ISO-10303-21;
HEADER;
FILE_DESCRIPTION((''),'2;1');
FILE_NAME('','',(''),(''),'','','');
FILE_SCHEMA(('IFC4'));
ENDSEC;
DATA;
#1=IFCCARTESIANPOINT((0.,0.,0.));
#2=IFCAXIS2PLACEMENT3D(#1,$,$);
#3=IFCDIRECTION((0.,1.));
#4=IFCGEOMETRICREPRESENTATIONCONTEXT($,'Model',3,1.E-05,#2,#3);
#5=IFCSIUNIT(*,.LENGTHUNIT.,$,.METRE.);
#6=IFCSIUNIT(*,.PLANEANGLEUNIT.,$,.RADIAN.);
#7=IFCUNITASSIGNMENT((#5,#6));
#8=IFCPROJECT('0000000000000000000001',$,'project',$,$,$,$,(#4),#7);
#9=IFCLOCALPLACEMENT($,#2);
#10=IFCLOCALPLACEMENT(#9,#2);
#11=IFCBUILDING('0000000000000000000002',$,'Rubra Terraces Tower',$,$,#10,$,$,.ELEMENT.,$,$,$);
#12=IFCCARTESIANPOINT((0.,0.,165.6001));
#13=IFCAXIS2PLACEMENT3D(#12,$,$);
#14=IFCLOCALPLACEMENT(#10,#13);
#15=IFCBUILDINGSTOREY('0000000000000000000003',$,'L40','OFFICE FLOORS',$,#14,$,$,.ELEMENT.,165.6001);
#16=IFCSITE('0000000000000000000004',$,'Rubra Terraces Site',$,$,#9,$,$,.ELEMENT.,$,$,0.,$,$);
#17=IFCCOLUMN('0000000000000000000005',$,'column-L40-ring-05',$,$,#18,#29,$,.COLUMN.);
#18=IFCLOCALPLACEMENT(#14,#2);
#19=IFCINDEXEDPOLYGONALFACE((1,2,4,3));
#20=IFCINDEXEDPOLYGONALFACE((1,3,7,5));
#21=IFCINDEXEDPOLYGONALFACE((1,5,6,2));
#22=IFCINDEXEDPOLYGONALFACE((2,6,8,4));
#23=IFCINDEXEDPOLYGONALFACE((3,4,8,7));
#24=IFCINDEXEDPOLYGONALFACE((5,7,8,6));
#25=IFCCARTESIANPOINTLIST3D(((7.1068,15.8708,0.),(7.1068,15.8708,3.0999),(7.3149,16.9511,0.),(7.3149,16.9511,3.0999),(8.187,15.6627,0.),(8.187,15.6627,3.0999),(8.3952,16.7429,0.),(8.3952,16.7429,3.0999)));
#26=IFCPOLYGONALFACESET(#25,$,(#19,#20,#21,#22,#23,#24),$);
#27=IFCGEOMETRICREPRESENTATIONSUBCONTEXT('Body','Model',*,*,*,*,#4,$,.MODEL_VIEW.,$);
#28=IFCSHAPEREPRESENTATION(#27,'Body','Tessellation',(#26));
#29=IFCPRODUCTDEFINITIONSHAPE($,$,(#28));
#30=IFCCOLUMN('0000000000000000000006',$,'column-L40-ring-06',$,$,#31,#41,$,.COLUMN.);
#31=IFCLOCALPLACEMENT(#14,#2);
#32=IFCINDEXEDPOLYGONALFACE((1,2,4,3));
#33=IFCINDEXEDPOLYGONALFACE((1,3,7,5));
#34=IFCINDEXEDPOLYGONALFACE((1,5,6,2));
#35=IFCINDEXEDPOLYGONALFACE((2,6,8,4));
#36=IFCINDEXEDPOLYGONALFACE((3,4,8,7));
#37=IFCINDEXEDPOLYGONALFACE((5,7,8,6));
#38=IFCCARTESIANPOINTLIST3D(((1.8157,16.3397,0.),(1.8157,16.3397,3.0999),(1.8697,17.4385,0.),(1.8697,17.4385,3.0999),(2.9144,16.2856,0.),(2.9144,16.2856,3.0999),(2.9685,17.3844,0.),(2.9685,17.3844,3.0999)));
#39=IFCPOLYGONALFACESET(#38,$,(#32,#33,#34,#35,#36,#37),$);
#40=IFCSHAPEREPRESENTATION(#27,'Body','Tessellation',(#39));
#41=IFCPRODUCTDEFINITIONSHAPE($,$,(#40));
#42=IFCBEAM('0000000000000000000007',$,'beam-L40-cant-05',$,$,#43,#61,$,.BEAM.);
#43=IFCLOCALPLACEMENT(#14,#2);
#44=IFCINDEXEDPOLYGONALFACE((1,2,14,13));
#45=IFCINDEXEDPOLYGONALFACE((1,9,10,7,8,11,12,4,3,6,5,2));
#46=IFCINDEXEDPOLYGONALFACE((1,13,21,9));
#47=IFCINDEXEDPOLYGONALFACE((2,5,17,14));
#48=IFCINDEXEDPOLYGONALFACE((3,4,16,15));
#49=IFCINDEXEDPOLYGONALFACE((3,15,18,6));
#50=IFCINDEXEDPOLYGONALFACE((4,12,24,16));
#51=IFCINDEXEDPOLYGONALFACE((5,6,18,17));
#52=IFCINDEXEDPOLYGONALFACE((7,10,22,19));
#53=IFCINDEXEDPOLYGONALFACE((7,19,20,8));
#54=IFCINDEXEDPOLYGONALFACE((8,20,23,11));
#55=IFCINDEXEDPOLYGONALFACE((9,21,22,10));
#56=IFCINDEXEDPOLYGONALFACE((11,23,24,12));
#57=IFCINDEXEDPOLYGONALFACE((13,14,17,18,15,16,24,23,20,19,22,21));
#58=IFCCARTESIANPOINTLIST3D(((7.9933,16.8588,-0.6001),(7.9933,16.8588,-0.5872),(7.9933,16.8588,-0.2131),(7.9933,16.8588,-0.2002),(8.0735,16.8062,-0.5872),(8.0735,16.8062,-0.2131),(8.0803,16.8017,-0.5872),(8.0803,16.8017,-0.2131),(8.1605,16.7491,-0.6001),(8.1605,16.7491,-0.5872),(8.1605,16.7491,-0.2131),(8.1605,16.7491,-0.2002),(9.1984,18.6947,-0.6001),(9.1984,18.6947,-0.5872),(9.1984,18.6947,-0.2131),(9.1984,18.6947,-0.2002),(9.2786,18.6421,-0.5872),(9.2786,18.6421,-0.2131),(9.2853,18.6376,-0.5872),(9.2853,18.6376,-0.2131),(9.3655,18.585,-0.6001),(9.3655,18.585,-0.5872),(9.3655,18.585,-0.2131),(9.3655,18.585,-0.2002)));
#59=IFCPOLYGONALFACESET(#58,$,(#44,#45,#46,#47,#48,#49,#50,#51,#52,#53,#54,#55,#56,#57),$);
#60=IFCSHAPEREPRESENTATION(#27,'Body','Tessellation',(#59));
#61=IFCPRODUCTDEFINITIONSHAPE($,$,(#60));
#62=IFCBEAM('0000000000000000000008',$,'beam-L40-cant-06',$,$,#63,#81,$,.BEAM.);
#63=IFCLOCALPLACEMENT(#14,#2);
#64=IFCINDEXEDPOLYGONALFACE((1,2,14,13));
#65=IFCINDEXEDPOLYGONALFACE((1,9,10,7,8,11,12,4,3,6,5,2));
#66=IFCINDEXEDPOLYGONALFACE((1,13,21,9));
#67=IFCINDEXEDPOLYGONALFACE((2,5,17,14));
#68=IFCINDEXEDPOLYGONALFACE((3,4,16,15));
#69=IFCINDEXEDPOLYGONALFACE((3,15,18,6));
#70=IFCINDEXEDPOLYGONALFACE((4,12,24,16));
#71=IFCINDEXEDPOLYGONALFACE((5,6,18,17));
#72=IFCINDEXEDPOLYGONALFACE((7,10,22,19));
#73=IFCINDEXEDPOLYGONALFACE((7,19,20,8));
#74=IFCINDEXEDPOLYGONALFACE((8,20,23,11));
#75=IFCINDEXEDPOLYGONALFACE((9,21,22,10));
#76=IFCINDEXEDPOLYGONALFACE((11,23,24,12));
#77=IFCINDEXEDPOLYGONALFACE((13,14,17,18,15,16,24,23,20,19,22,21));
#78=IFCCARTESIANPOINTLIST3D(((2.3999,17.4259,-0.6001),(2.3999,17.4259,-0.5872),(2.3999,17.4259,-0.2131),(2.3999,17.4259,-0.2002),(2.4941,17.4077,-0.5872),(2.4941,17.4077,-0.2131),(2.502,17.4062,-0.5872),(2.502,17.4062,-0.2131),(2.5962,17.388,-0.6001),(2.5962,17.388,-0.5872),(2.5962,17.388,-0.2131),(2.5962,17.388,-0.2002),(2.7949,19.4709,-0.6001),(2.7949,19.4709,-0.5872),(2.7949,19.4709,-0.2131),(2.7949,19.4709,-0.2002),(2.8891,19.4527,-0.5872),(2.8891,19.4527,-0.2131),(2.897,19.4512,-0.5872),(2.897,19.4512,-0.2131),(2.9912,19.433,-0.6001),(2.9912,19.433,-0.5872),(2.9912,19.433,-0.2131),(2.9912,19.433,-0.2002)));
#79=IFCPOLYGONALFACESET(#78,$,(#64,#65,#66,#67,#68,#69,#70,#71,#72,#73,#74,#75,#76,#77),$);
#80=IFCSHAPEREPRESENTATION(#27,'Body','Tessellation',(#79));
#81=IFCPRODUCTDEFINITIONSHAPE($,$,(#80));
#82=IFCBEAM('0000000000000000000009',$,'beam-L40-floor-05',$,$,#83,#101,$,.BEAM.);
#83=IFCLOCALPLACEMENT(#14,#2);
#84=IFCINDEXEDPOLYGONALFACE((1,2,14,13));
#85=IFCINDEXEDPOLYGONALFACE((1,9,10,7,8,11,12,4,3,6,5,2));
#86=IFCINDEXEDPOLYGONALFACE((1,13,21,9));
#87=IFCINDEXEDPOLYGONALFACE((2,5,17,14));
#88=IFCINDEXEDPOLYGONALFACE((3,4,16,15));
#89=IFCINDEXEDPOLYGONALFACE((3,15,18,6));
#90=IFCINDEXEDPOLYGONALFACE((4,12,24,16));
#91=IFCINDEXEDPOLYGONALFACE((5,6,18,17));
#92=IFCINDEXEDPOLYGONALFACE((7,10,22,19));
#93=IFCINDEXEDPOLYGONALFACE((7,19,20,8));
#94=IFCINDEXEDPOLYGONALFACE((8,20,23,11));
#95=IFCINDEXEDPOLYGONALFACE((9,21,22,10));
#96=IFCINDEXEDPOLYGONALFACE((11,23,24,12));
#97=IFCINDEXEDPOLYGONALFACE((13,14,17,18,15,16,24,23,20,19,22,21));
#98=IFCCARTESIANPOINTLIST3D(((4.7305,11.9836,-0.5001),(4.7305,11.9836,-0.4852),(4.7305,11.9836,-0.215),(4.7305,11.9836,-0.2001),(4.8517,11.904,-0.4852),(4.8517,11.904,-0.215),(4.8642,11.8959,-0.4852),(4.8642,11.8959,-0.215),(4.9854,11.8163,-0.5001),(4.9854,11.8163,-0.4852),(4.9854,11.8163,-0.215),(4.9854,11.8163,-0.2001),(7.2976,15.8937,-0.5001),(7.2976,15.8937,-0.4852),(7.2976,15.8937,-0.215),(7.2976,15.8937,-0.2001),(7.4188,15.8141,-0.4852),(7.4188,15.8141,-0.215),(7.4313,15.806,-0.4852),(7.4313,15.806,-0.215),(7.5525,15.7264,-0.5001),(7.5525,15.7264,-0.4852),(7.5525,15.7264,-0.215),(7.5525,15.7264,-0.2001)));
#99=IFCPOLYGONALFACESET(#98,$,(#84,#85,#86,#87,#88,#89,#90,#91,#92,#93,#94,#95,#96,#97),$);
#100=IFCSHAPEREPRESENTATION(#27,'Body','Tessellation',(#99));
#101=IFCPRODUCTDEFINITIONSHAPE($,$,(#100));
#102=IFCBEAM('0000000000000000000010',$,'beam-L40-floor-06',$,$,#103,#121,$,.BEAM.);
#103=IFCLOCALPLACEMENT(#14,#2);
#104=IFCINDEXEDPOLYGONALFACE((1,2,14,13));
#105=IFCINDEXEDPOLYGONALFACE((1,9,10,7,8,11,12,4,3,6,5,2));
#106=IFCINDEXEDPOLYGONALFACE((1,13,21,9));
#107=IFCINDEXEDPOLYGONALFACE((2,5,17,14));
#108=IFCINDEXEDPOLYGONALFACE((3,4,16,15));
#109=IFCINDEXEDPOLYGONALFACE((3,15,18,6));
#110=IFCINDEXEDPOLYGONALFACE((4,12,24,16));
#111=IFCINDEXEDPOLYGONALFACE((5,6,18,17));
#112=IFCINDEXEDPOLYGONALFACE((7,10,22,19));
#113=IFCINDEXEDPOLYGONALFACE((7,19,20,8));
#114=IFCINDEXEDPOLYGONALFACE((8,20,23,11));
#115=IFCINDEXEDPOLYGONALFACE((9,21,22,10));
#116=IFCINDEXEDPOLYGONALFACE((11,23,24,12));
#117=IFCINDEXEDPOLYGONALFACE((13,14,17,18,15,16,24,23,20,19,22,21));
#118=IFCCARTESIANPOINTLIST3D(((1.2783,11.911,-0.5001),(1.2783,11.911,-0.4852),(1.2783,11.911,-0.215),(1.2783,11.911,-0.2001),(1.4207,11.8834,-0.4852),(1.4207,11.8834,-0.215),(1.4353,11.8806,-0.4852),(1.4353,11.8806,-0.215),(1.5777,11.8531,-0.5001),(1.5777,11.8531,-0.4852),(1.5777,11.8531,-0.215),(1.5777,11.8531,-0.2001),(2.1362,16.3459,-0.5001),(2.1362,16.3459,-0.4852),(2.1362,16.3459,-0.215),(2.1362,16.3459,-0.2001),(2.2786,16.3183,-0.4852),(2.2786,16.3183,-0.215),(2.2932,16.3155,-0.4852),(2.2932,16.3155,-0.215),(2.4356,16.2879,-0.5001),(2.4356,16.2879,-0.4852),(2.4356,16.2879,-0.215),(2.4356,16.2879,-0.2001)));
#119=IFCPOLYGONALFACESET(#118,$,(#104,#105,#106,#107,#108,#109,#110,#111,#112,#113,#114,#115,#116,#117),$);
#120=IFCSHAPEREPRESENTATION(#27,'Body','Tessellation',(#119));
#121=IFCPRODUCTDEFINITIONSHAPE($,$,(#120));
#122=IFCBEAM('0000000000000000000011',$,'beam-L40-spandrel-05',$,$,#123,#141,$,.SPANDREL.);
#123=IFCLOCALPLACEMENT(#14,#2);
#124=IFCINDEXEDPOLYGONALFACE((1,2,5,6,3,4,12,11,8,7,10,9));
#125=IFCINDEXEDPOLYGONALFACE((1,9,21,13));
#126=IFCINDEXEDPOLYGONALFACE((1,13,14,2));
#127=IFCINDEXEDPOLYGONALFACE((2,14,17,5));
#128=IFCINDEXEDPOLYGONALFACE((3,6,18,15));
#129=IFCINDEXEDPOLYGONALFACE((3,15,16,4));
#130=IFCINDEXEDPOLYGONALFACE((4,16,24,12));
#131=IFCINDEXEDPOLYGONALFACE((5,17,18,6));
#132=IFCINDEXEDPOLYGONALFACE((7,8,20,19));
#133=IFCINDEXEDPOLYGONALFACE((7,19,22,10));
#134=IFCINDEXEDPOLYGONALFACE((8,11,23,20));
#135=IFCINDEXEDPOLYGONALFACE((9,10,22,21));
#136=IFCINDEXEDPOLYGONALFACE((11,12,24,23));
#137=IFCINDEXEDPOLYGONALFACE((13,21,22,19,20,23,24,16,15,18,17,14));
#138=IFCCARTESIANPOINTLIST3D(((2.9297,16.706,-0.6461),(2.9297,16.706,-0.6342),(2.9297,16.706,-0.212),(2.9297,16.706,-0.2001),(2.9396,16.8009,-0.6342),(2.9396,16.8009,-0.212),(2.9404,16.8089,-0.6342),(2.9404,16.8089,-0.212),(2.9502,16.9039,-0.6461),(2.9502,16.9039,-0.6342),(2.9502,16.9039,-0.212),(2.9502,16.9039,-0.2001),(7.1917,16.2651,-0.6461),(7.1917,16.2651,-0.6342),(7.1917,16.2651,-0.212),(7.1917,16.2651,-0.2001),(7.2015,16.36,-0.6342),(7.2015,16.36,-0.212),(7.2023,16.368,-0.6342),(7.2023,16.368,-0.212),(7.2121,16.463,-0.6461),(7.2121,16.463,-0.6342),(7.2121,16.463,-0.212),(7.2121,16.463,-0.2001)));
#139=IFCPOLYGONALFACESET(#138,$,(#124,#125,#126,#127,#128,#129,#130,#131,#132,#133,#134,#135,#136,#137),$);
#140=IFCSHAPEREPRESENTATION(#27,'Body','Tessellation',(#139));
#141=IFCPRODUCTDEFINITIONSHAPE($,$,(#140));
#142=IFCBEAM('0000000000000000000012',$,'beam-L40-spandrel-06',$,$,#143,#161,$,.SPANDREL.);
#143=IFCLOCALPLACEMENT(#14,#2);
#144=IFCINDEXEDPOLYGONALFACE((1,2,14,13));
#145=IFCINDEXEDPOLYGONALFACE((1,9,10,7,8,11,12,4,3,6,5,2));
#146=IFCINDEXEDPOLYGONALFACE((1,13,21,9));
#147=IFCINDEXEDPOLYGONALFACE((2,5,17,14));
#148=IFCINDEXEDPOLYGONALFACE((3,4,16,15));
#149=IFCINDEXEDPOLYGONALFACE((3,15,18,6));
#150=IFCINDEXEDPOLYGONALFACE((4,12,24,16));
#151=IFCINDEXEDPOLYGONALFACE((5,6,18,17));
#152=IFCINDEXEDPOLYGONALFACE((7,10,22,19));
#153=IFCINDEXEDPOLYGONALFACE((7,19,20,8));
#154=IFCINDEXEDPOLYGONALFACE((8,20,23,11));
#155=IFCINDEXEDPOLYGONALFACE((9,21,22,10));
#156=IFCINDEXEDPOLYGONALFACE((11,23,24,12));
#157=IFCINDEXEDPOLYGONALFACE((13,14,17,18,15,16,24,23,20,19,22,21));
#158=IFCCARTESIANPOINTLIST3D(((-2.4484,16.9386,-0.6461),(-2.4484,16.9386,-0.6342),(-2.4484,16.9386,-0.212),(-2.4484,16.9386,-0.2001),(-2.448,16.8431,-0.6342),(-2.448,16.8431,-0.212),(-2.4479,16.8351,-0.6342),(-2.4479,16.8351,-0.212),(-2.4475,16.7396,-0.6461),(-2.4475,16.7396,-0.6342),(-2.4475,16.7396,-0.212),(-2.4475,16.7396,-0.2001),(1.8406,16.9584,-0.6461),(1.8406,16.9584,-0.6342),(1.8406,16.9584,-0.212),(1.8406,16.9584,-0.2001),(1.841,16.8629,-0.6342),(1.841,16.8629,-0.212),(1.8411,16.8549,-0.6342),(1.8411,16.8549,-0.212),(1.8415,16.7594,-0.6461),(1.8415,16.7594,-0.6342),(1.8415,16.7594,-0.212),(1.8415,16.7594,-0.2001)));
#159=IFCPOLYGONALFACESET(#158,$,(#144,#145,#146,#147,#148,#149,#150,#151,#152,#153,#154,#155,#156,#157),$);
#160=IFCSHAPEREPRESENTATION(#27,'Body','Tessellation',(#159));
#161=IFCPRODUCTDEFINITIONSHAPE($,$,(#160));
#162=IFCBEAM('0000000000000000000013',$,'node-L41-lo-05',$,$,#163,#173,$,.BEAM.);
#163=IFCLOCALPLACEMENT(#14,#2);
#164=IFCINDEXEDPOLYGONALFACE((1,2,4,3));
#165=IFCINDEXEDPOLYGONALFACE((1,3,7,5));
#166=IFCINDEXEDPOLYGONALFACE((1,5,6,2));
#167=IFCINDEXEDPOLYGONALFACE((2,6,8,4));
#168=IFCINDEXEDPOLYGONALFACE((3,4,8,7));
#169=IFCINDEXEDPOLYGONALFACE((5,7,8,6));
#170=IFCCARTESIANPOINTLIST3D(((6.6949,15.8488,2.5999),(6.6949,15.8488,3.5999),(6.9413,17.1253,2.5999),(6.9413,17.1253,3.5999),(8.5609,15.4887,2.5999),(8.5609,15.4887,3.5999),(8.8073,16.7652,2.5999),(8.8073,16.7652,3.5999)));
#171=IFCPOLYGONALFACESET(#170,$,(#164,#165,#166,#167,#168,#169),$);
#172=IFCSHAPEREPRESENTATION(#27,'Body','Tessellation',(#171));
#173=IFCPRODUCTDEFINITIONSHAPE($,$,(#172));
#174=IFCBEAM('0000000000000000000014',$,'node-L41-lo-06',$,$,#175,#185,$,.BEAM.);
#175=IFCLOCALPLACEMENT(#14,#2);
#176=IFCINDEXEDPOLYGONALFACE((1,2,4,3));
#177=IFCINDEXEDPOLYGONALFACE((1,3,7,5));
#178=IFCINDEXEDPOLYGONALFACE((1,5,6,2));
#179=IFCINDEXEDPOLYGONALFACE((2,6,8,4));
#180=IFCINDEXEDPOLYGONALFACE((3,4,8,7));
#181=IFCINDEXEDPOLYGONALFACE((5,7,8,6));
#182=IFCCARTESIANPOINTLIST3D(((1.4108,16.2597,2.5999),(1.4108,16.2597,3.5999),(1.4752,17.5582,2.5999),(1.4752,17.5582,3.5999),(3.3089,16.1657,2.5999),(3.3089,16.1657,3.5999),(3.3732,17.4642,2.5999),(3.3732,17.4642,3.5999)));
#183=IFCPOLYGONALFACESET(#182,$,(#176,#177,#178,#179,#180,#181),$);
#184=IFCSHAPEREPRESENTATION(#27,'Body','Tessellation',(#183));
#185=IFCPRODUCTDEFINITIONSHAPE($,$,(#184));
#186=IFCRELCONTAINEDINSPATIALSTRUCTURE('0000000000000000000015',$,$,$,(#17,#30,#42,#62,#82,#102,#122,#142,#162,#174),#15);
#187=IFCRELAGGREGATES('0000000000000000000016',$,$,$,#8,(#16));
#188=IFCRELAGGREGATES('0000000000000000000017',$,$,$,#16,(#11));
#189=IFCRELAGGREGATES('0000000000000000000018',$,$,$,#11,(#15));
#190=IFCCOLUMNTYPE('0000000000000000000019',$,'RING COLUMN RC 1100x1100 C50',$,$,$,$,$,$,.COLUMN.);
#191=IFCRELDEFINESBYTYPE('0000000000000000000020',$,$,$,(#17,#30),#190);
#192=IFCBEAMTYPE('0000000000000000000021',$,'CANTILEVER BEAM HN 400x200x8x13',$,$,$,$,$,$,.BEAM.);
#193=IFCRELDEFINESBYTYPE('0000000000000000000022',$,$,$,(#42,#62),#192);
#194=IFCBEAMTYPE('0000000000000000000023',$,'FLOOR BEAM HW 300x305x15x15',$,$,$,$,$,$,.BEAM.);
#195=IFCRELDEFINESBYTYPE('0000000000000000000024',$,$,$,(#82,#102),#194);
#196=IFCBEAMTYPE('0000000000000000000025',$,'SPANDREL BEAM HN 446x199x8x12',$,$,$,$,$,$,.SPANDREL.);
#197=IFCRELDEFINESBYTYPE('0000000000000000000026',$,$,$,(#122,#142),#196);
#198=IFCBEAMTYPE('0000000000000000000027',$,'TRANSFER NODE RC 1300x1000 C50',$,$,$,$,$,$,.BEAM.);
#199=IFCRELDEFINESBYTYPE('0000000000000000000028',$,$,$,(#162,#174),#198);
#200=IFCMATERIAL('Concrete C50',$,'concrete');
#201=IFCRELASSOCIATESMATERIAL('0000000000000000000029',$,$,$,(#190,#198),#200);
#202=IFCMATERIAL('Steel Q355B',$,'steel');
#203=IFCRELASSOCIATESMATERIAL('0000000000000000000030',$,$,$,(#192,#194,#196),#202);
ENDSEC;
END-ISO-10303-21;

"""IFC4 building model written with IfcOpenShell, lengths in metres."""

from ifc_helpers import new_model, si_unit, direction, frame, origin, origin_2d, place, context, subcontext, project, spatial, rectangle, i_section, extrude, material, material_profile, profile_set, type_object, element, save


model = new_model("IFC4")

# Units and contexts
model_context = context("Model", 3, precision=1e-05, world=origin(), true_north=direction((0.0, 1.0)))
body_context = subcontext(model_context, "Body", "Model", "MODEL_VIEW")
ifc_project = project(units=[si_unit("LENGTHUNIT", "METRE"), si_unit("PLANEANGLEUNIT", "RADIAN")], contexts=[model_context])

# Site, building, storey
site_placement = place(None, origin())
site = spatial("IfcSite", under=ifc_project, at=site_placement, Name="Rubra Terraces Site", CompositionType="ELEMENT", RefElevation=0.0)
building_placement = place(site_placement, origin())
building = spatial("IfcBuilding", under=site, at=building_placement, Name="Rubra Terraces Tower", CompositionType="ELEMENT")
storey_placement = place(building_placement, frame((0.0, 0.0, 165.6001)))
storey = spatial("IfcBuildingStorey", under=building, at=storey_placement, Name="L40", Description="OFFICE FLOORS", CompositionType="ELEMENT", Elevation=165.6001)

# Columns
ifc_material_1 = material(Name="Concrete C50", Category="concrete")
ifc_material_profile_1 = material_profile(ifc_material_1, rectangle(XDim=1.1001, YDim=1.1001, at=origin_2d()), Name="RC 1100x1100")
ifc_profile_set_1 = profile_set([ifc_material_profile_1], Name="Concrete C50")
column_type = type_object("IfcColumnType", Name="RING COLUMN RC 1100x1100 C50", PredefinedType="COLUMN", material=ifc_profile_set_1)
for number, where, z_axis, x_axis, name in (
    (1, (7.751, 16.3069, 0.0), (0.0, 0.0, 1.0), (-0.981937, 0.18921, 0.0), "column-L40-ring-05"),
    (2, (2.3921, 16.8621, 0.0), (0.0, 0.0, 1.0), (-0.998791, 0.04915, 0.0), "column-L40-ring-06"),
):
    element("IfcColumn", number, at=place(storey_placement, frame(where, z_axis=z_axis, x_axis=x_axis)), inside=storey, type_object=column_type, Name=name, PredefinedType="COLUMN", context=body_context, shape_type="SweptSolid", body=[
        extrude(rectangle(XDim=1.1001, YDim=1.1001, at=origin_2d()), origin(), (0.0, 0.0, 1.0), 3.0999),
    ])

# Beams
ifc_material_2 = material(Name="Steel Q355B", Category="steel")
ifc_material_profile_2 = material_profile(ifc_material_2, i_section(OverallWidth=0.2, OverallDepth=0.3999, WebThickness=0.0081, FlangeThickness=0.0129, at=origin_2d()), Name="HN 400x200x8x13")
ifc_profile_set_2 = profile_set([ifc_material_profile_2], Name="Steel Q355B")
beam_type_1 = type_object("IfcBeamType", Name="CANTILEVER BEAM HN 400x200x8x13", PredefinedType="BEAM", material=ifc_profile_set_2)
beam_1_placement = place(storey_placement, frame((8.0769, 16.804, -0.4001), z_axis=(0.548734, 0.835997, 0.0), x_axis=(-0.835997, 0.548734, 0.0)))
element("IfcBeam", 3, at=beam_1_placement, inside=storey, type_object=beam_type_1, Name="beam-L40-cant-05", PredefinedType="BEAM", context=body_context, shape_type="SweptSolid", body=[
    extrude(i_section(OverallWidth=0.2, OverallDepth=0.3999, WebThickness=0.0081, FlangeThickness=0.0129, at=origin_2d()), origin(), (0.0, 0.0, 1.0), 2.196),
])
beam_2_placement = place(storey_placement, frame((2.498, 17.407, -0.4001), z_axis=(0.189665, 0.981849, 0.0), x_axis=(-0.981849, 0.189665, 0.0)))
element("IfcBeam", 4, at=beam_2_placement, inside=storey, type_object=beam_type_1, Name="beam-L40-cant-06", PredefinedType="BEAM", context=body_context, shape_type="SweptSolid", body=[
    extrude(i_section(OverallWidth=0.2, OverallDepth=0.3999, WebThickness=0.0081, FlangeThickness=0.0129, at=origin_2d()), origin(), (0.0, 0.0, 1.0), 2.0828),
])
ifc_material_profile_3 = material_profile(ifc_material_2, i_section(OverallWidth=0.3049, OverallDepth=0.3, WebThickness=0.0149, FlangeThickness=0.0149, at=origin_2d()), Name="HW 300x305x15x15")
ifc_profile_set_3 = profile_set([ifc_material_profile_3], Name="Steel Q355B")
beam_type_2 = type_object("IfcBeamType", Name="FLOOR BEAM HW 300x305x15x15", PredefinedType="BEAM", material=ifc_profile_set_3)
beam_3_placement = place(storey_placement, frame((7.425, 15.8101, -0.3501), z_axis=(-0.548821, -0.83594, 0.0), x_axis=(0.83594, -0.548821, 0.0)))
element("IfcBeam", 5, at=beam_3_placement, inside=storey, type_object=beam_type_2, Name="beam-L40-floor-05", PredefinedType="BEAM", context=body_context, shape_type="SweptSolid", body=[
    extrude(i_section(OverallWidth=0.3049, OverallDepth=0.3, WebThickness=0.0149, FlangeThickness=0.0149, at=origin_2d()), origin(), (0.0, 0.0, 1.0), 4.6775),
])
beam_4_placement = place(storey_placement, frame((2.2859, 16.3169, -0.3501), z_axis=(-0.189928, -0.981798, 0.0), x_axis=(0.981798, -0.189928, 0.0)))
element("IfcBeam", 6, at=beam_4_placement, inside=storey, type_object=beam_type_2, Name="beam-L40-floor-06", PredefinedType="BEAM", context=body_context, shape_type="SweptSolid", body=[
    extrude(i_section(OverallWidth=0.3049, OverallDepth=0.3, WebThickness=0.0149, FlangeThickness=0.0149, at=origin_2d()), origin(), (0.0, 0.0, 1.0), 4.5171),
])
ifc_material_profile_4 = material_profile(ifc_material_2, i_section(OverallWidth=0.199, OverallDepth=0.446, WebThickness=0.0081, FlangeThickness=0.012, at=origin_2d()), Name="HN 446x199x8x12")
ifc_profile_set_4 = profile_set([ifc_material_profile_4], Name="Steel Q355B")
beam_type_3 = type_object("IfcBeamType", Name="SPANDREL BEAM HN 446x199x8x12", PredefinedType="SPANDREL", material=ifc_profile_set_4)
beam_5_placement = place(storey_placement, frame((7.2019, 16.364, -0.4231), z_axis=(-0.994691, 0.102905, 0.0), x_axis=(-0.102905, -0.994691, 0.0)))
element("IfcBeam", 7, at=beam_5_placement, inside=storey, type_object=beam_type_3, Name="beam-L40-spandrel-05", PredefinedType="SPANDREL", context=body_context, shape_type="SweptSolid", body=[
    extrude(i_section(OverallWidth=0.199, OverallDepth=0.446, WebThickness=0.0081, FlangeThickness=0.012, at=origin_2d()), origin(), (0.0, 0.0, 1.0), 4.2847),
])
beam_6_placement = place(storey_placement, frame((1.8411, 16.8589, -0.4231), z_axis=(-0.999989, -0.004611, 0.0), x_axis=(0.004611, -0.999989, 0.0)))
element("IfcBeam", 8, at=beam_6_placement, inside=storey, type_object=beam_type_3, Name="beam-L40-spandrel-06", PredefinedType="SPANDREL", context=body_context, shape_type="SweptSolid", body=[
    extrude(i_section(OverallWidth=0.199, OverallDepth=0.446, WebThickness=0.0081, FlangeThickness=0.012, at=origin_2d()), origin(), (0.0, 0.0, 1.0), 4.2891),
])
ifc_material_profile_5 = material_profile(ifc_material_1, rectangle(XDim=1.3, YDim=1.0, at=origin_2d()), Name="RC 1300x1000")
ifc_profile_set_5 = profile_set([ifc_material_profile_5], Name="Concrete C50")
beam_type_4 = type_object("IfcBeamType", Name="TRANSFER NODE RC 1300x1000 C50", PredefinedType="BEAM", material=ifc_profile_set_5)
for number, where, z_axis, x_axis, name in (
    (9, (8.6841, 16.127, 3.0999), (-0.981883, 0.189491, 0.0), (-0.189491, -0.981883, 0.0), "node-L41-lo-05"),
    (10, (3.3411, 16.8149, 3.0999), (-0.998776, 0.049463, 0.0), (-0.049463, -0.998776, 0.0), "node-L41-lo-06"),
):
    element("IfcBeam", number, at=place(storey_placement, frame(where, z_axis=z_axis, x_axis=x_axis)), inside=storey, type_object=beam_type_4, Name=name, PredefinedType="BEAM", context=body_context, shape_type="SweptSolid", body=[
        extrude(rectangle(XDim=1.3, YDim=1.0, at=origin_2d()), origin(), (0.0, 0.0, 1.0), 1.9004),
    ])

save(model, "model.ifc")
